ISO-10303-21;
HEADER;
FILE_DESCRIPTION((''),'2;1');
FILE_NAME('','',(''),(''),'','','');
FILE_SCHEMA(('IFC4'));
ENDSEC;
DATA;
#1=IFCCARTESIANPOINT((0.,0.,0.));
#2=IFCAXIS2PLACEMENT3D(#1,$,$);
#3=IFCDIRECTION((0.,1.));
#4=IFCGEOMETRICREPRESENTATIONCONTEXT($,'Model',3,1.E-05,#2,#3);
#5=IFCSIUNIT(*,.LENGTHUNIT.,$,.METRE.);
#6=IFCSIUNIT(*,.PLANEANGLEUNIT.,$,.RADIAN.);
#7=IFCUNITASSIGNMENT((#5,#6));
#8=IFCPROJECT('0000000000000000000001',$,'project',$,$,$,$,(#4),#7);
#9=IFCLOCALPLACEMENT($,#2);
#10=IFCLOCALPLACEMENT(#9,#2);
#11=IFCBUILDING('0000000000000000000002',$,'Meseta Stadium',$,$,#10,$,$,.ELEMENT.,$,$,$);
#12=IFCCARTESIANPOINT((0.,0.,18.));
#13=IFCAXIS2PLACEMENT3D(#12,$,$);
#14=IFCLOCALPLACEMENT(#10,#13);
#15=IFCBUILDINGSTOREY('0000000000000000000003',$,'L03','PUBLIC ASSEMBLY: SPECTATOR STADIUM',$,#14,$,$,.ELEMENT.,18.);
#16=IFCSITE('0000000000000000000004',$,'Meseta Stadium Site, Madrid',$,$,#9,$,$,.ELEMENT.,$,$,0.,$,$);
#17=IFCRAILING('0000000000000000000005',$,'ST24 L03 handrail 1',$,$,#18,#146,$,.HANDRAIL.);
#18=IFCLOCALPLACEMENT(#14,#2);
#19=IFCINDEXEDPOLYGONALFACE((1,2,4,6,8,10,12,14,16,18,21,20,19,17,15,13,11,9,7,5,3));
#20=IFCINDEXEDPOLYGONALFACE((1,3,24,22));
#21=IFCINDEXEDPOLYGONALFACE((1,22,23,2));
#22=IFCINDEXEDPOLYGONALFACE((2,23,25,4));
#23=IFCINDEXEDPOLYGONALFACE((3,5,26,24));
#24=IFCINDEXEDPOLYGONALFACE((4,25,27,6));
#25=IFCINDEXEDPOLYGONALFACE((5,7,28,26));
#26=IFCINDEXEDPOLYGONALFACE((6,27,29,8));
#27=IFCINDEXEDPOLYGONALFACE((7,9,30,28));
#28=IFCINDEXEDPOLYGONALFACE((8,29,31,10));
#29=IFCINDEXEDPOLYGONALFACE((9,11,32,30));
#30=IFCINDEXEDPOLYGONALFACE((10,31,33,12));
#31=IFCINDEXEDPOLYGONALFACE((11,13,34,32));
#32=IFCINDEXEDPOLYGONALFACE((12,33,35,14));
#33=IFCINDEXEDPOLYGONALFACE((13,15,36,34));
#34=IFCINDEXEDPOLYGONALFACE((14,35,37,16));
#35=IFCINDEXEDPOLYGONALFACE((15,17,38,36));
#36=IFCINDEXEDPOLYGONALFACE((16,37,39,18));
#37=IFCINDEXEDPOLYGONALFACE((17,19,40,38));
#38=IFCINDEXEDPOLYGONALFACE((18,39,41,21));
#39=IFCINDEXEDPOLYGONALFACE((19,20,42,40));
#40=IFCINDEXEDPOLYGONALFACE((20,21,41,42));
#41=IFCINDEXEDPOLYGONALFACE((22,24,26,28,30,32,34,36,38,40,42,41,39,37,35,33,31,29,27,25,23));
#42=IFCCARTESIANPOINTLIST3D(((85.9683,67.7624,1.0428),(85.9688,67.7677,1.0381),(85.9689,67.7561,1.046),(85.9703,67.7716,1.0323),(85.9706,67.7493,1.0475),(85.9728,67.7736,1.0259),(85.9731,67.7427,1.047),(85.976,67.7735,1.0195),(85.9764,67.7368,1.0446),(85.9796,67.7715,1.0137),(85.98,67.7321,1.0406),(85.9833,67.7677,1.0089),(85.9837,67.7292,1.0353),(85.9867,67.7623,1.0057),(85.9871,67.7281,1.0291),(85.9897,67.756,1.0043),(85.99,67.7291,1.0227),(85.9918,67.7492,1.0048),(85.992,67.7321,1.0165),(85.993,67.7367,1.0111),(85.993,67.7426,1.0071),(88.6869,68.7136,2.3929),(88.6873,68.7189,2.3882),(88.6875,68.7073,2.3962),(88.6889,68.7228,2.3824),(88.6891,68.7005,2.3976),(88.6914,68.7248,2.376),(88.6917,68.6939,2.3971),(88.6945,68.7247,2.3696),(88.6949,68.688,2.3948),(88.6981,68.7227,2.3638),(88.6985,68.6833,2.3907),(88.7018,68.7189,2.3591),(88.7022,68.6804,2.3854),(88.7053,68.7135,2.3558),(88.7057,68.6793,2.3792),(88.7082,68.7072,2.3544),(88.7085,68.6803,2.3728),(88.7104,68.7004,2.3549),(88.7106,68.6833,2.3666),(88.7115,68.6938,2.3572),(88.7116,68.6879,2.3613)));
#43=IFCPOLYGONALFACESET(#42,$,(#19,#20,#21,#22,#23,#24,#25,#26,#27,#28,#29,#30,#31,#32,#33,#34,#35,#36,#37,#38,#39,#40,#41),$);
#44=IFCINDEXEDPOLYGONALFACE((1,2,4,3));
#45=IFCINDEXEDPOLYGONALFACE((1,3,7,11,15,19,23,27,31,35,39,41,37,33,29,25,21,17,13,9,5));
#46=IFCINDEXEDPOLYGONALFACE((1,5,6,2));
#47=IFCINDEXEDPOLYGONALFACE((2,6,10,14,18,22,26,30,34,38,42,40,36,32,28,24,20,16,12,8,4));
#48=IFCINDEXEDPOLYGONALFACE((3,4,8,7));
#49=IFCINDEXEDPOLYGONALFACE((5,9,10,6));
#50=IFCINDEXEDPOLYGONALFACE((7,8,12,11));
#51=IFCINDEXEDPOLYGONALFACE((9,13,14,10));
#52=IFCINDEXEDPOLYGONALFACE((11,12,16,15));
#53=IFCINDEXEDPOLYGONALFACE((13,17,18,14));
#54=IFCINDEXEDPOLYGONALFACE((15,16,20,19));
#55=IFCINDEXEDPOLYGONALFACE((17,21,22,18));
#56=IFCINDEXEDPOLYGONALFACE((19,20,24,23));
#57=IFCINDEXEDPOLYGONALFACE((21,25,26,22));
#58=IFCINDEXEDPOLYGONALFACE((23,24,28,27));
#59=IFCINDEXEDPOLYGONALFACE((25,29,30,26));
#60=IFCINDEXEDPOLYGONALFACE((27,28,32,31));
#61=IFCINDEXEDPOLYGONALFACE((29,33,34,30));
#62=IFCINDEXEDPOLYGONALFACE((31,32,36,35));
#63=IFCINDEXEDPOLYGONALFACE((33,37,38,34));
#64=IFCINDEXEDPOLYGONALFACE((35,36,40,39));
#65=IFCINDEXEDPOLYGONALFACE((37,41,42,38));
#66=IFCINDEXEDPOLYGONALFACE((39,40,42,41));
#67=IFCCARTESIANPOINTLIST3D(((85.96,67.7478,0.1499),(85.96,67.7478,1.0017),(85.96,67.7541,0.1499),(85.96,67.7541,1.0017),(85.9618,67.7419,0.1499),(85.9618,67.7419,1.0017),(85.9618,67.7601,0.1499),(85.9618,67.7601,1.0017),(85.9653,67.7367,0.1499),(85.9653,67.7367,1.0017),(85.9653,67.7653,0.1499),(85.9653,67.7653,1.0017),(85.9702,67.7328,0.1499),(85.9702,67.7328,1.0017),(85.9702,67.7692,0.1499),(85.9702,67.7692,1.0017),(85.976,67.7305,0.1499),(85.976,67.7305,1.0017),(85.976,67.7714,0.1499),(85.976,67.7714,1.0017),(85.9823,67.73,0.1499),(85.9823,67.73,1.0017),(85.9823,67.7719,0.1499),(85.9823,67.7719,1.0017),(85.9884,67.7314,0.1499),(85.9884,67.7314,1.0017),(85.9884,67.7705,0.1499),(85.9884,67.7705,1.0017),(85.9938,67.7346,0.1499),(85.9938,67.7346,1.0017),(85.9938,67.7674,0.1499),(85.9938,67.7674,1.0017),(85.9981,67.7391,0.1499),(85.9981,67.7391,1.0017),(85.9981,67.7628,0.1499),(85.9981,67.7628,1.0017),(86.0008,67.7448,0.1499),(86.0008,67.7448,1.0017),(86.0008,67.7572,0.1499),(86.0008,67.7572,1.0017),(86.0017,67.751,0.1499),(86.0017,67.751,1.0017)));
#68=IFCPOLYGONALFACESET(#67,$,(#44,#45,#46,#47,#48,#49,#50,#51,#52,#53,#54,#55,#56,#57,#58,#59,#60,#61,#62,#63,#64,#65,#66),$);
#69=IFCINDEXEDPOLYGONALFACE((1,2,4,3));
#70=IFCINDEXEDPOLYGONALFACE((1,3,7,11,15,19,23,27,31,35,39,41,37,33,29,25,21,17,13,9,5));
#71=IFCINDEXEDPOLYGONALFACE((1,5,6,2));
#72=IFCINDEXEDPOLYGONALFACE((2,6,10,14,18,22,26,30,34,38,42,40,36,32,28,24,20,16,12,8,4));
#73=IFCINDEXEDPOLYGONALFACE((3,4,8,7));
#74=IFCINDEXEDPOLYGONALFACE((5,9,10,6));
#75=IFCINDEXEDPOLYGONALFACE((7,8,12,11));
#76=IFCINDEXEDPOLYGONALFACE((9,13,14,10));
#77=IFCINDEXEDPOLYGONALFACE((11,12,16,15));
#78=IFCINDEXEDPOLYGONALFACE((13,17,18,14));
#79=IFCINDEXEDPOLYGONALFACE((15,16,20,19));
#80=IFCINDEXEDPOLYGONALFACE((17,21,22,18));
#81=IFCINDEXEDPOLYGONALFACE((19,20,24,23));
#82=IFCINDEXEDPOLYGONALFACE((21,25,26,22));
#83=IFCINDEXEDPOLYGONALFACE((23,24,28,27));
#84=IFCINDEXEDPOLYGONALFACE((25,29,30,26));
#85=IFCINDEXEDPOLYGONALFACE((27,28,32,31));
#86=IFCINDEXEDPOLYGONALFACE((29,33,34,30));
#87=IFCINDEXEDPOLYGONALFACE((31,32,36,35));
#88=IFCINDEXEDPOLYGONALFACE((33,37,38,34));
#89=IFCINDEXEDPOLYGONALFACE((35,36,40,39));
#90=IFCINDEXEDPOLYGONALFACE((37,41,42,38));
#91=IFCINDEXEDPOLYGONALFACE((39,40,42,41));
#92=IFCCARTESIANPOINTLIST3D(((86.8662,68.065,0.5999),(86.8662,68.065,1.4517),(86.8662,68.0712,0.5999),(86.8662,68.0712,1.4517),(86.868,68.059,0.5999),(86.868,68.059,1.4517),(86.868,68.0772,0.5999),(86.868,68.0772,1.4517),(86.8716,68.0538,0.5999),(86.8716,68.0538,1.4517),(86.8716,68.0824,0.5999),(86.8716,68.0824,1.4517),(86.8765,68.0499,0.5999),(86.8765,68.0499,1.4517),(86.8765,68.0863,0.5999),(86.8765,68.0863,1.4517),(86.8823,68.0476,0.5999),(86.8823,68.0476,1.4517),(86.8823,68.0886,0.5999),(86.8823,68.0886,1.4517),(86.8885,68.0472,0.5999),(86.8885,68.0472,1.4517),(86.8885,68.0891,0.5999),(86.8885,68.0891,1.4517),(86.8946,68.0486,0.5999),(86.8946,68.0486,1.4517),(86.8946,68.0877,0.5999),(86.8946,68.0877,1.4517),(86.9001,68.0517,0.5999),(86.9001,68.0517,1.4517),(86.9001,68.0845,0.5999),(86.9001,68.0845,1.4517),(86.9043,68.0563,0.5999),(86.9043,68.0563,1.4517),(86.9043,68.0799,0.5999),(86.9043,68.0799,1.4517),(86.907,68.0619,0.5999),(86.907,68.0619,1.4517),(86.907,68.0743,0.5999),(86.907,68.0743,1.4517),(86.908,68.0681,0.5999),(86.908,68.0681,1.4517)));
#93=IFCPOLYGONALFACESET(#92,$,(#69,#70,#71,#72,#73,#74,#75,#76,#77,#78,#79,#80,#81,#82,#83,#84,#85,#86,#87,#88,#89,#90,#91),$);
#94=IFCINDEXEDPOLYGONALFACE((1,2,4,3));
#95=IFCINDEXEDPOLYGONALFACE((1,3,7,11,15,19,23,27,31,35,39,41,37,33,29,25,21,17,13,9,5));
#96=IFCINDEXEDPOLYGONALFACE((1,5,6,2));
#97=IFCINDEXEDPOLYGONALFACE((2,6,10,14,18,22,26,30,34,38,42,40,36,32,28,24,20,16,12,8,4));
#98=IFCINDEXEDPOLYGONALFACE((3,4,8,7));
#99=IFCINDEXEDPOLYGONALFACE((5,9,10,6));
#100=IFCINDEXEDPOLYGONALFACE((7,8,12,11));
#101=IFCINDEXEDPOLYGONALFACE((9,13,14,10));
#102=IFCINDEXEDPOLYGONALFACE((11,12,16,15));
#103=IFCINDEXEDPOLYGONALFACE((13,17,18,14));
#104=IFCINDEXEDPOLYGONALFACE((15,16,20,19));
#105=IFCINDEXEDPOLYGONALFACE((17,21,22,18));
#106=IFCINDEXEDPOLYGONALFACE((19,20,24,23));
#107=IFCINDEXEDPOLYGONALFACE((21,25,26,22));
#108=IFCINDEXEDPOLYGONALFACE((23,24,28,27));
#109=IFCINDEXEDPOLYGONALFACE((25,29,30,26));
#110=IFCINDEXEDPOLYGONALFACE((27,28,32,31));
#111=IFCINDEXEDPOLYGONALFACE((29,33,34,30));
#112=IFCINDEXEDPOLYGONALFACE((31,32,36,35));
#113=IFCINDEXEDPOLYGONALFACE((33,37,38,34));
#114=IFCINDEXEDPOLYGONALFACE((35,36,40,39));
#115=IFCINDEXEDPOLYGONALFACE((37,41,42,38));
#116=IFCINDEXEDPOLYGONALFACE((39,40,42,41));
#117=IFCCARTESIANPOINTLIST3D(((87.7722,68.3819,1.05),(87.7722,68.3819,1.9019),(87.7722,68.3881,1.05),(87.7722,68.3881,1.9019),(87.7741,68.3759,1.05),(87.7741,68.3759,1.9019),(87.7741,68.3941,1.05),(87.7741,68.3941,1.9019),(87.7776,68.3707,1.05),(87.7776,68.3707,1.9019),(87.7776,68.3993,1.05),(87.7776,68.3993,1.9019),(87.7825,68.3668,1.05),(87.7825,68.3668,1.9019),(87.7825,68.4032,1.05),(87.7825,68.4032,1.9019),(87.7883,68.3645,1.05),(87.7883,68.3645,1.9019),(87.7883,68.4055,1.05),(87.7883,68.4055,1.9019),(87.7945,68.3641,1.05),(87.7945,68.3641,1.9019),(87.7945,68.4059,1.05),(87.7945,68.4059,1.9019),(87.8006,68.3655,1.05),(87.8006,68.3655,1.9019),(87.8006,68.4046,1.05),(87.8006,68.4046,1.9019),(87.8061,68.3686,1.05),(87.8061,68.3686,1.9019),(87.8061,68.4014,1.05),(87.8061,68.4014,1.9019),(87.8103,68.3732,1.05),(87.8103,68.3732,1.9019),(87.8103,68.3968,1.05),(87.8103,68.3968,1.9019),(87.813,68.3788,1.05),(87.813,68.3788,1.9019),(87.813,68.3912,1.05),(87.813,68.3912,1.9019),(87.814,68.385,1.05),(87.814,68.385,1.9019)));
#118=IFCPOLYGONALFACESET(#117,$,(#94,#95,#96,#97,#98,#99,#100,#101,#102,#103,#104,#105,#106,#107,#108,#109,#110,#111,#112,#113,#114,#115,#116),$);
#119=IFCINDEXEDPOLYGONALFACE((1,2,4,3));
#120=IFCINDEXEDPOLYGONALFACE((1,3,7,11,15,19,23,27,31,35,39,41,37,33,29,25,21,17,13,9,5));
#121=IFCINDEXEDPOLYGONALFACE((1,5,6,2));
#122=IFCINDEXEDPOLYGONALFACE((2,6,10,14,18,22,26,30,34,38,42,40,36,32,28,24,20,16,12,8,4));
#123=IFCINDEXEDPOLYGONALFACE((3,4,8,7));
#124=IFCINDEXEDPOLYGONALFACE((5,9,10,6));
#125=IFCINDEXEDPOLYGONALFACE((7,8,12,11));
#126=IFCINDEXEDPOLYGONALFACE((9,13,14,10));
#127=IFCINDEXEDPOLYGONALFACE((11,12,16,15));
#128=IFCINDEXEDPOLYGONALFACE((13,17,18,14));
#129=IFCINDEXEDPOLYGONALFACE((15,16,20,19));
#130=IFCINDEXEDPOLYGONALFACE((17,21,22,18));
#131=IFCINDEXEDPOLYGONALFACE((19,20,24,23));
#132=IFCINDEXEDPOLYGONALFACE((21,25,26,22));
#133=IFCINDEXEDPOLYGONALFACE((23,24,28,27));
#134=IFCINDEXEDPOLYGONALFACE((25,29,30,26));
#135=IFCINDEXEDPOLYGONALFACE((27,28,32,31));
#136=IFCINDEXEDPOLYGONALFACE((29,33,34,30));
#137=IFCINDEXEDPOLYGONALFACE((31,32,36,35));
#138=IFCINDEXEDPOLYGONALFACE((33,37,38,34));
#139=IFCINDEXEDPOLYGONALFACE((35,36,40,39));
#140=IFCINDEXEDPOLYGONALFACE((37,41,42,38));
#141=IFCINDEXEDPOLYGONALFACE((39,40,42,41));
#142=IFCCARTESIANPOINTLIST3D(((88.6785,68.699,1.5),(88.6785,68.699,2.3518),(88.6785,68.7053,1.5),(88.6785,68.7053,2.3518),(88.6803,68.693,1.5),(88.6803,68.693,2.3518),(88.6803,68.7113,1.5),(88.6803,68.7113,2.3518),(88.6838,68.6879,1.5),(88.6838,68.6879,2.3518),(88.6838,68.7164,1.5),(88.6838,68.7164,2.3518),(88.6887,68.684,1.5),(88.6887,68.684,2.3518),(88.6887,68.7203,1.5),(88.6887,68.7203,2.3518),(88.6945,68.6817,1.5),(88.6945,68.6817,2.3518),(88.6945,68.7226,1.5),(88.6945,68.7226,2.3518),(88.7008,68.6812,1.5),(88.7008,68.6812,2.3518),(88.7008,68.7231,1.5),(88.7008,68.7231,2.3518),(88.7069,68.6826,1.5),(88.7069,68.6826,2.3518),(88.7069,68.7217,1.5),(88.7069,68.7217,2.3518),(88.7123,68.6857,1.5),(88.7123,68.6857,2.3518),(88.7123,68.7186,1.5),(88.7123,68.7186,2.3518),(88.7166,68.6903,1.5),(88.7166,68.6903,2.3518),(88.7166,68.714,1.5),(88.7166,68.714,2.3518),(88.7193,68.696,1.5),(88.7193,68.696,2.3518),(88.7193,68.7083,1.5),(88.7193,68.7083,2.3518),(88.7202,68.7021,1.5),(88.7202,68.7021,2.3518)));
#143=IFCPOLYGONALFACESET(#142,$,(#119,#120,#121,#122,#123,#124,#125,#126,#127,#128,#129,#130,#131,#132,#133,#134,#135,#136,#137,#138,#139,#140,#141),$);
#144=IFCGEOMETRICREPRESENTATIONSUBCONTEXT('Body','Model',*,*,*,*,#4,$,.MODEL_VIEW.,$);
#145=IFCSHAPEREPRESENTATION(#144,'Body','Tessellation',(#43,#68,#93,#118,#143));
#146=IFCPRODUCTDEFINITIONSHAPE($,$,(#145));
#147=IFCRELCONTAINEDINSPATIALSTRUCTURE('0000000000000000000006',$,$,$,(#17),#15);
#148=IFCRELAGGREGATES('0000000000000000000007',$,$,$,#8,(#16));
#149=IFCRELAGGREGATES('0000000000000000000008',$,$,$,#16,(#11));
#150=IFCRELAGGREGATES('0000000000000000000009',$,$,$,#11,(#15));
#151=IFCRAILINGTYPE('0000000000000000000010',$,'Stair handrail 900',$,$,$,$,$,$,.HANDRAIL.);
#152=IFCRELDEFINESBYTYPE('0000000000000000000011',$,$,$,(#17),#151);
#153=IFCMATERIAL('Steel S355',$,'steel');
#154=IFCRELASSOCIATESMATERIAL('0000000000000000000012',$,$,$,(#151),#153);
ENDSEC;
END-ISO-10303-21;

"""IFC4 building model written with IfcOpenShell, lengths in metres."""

from ifc_helpers import new_model, si_unit, direction, frame, origin, origin_2d, place, context, subcontext, project, spatial, circle, extrude, material, type_object, element, save


model = new_model("IFC4")

# Units and contexts
model_context = context("Model", 3, precision=1e-05, world=origin(), true_north=direction((0.0, 1.0)))
body_context = subcontext(model_context, "Body", "Model", "MODEL_VIEW")
ifc_project = project(units=[si_unit("LENGTHUNIT", "METRE"), si_unit("PLANEANGLEUNIT", "RADIAN")], contexts=[model_context])

# Site, building, storey
site_placement = place(None, origin())
site = spatial("IfcSite", under=ifc_project, at=site_placement, Name="Meseta Stadium Site, Madrid", CompositionType="ELEMENT", RefElevation=0.0)
building_placement = place(site_placement, origin())
building = spatial("IfcBuilding", under=site, at=building_placement, Name="Meseta Stadium", CompositionType="ELEMENT")
storey_placement = place(building_placement, frame((0.0, 0.0, 18.0)))
storey = spatial("IfcBuildingStorey", under=building, at=storey_placement, Name="L03", Description="PUBLIC ASSEMBLY: SPECTATOR STADIUM", CompositionType="ELEMENT", Elevation=18.0)

# Railing
ifc_material_1 = material(Name="Steel S355", Category="steel")
railing_type_1 = type_object("IfcRailingType", Name="Stair handrail 900", PredefinedType="HANDRAIL", material=ifc_material_1)
for number, where, name in (
    (1, (85.9807, 67.751, 0.1499), "ST24 L03 handrail 1"),
):
    element("IfcRailing", number, at=place(storey_placement, frame(where)), inside=storey, type_object=railing_type_1, Name=name, PredefinedType="HANDRAIL", context=body_context, shape_type="SweptSolid", body=[
        extrude(circle(Radius=0.0239, at=origin_2d()), frame((0.0, 0.0, 0.876), z_axis=(0.854649, 0.299031, 0.424446), x_axis=(-0.330256, 0.943891, 0.0)), (0.0, 0.0, 1.0), 3.1809),
        extrude(circle(Radius=0.021, at=origin_2d()), origin(), (0.0, 0.0, 1.0), 0.8518),
        extrude(circle(Radius=0.021, at=origin_2d()), frame((0.9062, 0.3171, 0.45)), (0.0, 0.0, 1.0), 0.8518),
        extrude(circle(Radius=0.021, at=origin_2d()), frame((1.8123, 0.634, 0.9001)), (0.0, 0.0, 1.0), 0.8518),
        extrude(circle(Radius=0.021, at=origin_2d()), frame((2.7185, 0.9512, 1.3501)), (0.0, 0.0, 1.0), 0.8518),
    ])

save(model, "model.ifc")
